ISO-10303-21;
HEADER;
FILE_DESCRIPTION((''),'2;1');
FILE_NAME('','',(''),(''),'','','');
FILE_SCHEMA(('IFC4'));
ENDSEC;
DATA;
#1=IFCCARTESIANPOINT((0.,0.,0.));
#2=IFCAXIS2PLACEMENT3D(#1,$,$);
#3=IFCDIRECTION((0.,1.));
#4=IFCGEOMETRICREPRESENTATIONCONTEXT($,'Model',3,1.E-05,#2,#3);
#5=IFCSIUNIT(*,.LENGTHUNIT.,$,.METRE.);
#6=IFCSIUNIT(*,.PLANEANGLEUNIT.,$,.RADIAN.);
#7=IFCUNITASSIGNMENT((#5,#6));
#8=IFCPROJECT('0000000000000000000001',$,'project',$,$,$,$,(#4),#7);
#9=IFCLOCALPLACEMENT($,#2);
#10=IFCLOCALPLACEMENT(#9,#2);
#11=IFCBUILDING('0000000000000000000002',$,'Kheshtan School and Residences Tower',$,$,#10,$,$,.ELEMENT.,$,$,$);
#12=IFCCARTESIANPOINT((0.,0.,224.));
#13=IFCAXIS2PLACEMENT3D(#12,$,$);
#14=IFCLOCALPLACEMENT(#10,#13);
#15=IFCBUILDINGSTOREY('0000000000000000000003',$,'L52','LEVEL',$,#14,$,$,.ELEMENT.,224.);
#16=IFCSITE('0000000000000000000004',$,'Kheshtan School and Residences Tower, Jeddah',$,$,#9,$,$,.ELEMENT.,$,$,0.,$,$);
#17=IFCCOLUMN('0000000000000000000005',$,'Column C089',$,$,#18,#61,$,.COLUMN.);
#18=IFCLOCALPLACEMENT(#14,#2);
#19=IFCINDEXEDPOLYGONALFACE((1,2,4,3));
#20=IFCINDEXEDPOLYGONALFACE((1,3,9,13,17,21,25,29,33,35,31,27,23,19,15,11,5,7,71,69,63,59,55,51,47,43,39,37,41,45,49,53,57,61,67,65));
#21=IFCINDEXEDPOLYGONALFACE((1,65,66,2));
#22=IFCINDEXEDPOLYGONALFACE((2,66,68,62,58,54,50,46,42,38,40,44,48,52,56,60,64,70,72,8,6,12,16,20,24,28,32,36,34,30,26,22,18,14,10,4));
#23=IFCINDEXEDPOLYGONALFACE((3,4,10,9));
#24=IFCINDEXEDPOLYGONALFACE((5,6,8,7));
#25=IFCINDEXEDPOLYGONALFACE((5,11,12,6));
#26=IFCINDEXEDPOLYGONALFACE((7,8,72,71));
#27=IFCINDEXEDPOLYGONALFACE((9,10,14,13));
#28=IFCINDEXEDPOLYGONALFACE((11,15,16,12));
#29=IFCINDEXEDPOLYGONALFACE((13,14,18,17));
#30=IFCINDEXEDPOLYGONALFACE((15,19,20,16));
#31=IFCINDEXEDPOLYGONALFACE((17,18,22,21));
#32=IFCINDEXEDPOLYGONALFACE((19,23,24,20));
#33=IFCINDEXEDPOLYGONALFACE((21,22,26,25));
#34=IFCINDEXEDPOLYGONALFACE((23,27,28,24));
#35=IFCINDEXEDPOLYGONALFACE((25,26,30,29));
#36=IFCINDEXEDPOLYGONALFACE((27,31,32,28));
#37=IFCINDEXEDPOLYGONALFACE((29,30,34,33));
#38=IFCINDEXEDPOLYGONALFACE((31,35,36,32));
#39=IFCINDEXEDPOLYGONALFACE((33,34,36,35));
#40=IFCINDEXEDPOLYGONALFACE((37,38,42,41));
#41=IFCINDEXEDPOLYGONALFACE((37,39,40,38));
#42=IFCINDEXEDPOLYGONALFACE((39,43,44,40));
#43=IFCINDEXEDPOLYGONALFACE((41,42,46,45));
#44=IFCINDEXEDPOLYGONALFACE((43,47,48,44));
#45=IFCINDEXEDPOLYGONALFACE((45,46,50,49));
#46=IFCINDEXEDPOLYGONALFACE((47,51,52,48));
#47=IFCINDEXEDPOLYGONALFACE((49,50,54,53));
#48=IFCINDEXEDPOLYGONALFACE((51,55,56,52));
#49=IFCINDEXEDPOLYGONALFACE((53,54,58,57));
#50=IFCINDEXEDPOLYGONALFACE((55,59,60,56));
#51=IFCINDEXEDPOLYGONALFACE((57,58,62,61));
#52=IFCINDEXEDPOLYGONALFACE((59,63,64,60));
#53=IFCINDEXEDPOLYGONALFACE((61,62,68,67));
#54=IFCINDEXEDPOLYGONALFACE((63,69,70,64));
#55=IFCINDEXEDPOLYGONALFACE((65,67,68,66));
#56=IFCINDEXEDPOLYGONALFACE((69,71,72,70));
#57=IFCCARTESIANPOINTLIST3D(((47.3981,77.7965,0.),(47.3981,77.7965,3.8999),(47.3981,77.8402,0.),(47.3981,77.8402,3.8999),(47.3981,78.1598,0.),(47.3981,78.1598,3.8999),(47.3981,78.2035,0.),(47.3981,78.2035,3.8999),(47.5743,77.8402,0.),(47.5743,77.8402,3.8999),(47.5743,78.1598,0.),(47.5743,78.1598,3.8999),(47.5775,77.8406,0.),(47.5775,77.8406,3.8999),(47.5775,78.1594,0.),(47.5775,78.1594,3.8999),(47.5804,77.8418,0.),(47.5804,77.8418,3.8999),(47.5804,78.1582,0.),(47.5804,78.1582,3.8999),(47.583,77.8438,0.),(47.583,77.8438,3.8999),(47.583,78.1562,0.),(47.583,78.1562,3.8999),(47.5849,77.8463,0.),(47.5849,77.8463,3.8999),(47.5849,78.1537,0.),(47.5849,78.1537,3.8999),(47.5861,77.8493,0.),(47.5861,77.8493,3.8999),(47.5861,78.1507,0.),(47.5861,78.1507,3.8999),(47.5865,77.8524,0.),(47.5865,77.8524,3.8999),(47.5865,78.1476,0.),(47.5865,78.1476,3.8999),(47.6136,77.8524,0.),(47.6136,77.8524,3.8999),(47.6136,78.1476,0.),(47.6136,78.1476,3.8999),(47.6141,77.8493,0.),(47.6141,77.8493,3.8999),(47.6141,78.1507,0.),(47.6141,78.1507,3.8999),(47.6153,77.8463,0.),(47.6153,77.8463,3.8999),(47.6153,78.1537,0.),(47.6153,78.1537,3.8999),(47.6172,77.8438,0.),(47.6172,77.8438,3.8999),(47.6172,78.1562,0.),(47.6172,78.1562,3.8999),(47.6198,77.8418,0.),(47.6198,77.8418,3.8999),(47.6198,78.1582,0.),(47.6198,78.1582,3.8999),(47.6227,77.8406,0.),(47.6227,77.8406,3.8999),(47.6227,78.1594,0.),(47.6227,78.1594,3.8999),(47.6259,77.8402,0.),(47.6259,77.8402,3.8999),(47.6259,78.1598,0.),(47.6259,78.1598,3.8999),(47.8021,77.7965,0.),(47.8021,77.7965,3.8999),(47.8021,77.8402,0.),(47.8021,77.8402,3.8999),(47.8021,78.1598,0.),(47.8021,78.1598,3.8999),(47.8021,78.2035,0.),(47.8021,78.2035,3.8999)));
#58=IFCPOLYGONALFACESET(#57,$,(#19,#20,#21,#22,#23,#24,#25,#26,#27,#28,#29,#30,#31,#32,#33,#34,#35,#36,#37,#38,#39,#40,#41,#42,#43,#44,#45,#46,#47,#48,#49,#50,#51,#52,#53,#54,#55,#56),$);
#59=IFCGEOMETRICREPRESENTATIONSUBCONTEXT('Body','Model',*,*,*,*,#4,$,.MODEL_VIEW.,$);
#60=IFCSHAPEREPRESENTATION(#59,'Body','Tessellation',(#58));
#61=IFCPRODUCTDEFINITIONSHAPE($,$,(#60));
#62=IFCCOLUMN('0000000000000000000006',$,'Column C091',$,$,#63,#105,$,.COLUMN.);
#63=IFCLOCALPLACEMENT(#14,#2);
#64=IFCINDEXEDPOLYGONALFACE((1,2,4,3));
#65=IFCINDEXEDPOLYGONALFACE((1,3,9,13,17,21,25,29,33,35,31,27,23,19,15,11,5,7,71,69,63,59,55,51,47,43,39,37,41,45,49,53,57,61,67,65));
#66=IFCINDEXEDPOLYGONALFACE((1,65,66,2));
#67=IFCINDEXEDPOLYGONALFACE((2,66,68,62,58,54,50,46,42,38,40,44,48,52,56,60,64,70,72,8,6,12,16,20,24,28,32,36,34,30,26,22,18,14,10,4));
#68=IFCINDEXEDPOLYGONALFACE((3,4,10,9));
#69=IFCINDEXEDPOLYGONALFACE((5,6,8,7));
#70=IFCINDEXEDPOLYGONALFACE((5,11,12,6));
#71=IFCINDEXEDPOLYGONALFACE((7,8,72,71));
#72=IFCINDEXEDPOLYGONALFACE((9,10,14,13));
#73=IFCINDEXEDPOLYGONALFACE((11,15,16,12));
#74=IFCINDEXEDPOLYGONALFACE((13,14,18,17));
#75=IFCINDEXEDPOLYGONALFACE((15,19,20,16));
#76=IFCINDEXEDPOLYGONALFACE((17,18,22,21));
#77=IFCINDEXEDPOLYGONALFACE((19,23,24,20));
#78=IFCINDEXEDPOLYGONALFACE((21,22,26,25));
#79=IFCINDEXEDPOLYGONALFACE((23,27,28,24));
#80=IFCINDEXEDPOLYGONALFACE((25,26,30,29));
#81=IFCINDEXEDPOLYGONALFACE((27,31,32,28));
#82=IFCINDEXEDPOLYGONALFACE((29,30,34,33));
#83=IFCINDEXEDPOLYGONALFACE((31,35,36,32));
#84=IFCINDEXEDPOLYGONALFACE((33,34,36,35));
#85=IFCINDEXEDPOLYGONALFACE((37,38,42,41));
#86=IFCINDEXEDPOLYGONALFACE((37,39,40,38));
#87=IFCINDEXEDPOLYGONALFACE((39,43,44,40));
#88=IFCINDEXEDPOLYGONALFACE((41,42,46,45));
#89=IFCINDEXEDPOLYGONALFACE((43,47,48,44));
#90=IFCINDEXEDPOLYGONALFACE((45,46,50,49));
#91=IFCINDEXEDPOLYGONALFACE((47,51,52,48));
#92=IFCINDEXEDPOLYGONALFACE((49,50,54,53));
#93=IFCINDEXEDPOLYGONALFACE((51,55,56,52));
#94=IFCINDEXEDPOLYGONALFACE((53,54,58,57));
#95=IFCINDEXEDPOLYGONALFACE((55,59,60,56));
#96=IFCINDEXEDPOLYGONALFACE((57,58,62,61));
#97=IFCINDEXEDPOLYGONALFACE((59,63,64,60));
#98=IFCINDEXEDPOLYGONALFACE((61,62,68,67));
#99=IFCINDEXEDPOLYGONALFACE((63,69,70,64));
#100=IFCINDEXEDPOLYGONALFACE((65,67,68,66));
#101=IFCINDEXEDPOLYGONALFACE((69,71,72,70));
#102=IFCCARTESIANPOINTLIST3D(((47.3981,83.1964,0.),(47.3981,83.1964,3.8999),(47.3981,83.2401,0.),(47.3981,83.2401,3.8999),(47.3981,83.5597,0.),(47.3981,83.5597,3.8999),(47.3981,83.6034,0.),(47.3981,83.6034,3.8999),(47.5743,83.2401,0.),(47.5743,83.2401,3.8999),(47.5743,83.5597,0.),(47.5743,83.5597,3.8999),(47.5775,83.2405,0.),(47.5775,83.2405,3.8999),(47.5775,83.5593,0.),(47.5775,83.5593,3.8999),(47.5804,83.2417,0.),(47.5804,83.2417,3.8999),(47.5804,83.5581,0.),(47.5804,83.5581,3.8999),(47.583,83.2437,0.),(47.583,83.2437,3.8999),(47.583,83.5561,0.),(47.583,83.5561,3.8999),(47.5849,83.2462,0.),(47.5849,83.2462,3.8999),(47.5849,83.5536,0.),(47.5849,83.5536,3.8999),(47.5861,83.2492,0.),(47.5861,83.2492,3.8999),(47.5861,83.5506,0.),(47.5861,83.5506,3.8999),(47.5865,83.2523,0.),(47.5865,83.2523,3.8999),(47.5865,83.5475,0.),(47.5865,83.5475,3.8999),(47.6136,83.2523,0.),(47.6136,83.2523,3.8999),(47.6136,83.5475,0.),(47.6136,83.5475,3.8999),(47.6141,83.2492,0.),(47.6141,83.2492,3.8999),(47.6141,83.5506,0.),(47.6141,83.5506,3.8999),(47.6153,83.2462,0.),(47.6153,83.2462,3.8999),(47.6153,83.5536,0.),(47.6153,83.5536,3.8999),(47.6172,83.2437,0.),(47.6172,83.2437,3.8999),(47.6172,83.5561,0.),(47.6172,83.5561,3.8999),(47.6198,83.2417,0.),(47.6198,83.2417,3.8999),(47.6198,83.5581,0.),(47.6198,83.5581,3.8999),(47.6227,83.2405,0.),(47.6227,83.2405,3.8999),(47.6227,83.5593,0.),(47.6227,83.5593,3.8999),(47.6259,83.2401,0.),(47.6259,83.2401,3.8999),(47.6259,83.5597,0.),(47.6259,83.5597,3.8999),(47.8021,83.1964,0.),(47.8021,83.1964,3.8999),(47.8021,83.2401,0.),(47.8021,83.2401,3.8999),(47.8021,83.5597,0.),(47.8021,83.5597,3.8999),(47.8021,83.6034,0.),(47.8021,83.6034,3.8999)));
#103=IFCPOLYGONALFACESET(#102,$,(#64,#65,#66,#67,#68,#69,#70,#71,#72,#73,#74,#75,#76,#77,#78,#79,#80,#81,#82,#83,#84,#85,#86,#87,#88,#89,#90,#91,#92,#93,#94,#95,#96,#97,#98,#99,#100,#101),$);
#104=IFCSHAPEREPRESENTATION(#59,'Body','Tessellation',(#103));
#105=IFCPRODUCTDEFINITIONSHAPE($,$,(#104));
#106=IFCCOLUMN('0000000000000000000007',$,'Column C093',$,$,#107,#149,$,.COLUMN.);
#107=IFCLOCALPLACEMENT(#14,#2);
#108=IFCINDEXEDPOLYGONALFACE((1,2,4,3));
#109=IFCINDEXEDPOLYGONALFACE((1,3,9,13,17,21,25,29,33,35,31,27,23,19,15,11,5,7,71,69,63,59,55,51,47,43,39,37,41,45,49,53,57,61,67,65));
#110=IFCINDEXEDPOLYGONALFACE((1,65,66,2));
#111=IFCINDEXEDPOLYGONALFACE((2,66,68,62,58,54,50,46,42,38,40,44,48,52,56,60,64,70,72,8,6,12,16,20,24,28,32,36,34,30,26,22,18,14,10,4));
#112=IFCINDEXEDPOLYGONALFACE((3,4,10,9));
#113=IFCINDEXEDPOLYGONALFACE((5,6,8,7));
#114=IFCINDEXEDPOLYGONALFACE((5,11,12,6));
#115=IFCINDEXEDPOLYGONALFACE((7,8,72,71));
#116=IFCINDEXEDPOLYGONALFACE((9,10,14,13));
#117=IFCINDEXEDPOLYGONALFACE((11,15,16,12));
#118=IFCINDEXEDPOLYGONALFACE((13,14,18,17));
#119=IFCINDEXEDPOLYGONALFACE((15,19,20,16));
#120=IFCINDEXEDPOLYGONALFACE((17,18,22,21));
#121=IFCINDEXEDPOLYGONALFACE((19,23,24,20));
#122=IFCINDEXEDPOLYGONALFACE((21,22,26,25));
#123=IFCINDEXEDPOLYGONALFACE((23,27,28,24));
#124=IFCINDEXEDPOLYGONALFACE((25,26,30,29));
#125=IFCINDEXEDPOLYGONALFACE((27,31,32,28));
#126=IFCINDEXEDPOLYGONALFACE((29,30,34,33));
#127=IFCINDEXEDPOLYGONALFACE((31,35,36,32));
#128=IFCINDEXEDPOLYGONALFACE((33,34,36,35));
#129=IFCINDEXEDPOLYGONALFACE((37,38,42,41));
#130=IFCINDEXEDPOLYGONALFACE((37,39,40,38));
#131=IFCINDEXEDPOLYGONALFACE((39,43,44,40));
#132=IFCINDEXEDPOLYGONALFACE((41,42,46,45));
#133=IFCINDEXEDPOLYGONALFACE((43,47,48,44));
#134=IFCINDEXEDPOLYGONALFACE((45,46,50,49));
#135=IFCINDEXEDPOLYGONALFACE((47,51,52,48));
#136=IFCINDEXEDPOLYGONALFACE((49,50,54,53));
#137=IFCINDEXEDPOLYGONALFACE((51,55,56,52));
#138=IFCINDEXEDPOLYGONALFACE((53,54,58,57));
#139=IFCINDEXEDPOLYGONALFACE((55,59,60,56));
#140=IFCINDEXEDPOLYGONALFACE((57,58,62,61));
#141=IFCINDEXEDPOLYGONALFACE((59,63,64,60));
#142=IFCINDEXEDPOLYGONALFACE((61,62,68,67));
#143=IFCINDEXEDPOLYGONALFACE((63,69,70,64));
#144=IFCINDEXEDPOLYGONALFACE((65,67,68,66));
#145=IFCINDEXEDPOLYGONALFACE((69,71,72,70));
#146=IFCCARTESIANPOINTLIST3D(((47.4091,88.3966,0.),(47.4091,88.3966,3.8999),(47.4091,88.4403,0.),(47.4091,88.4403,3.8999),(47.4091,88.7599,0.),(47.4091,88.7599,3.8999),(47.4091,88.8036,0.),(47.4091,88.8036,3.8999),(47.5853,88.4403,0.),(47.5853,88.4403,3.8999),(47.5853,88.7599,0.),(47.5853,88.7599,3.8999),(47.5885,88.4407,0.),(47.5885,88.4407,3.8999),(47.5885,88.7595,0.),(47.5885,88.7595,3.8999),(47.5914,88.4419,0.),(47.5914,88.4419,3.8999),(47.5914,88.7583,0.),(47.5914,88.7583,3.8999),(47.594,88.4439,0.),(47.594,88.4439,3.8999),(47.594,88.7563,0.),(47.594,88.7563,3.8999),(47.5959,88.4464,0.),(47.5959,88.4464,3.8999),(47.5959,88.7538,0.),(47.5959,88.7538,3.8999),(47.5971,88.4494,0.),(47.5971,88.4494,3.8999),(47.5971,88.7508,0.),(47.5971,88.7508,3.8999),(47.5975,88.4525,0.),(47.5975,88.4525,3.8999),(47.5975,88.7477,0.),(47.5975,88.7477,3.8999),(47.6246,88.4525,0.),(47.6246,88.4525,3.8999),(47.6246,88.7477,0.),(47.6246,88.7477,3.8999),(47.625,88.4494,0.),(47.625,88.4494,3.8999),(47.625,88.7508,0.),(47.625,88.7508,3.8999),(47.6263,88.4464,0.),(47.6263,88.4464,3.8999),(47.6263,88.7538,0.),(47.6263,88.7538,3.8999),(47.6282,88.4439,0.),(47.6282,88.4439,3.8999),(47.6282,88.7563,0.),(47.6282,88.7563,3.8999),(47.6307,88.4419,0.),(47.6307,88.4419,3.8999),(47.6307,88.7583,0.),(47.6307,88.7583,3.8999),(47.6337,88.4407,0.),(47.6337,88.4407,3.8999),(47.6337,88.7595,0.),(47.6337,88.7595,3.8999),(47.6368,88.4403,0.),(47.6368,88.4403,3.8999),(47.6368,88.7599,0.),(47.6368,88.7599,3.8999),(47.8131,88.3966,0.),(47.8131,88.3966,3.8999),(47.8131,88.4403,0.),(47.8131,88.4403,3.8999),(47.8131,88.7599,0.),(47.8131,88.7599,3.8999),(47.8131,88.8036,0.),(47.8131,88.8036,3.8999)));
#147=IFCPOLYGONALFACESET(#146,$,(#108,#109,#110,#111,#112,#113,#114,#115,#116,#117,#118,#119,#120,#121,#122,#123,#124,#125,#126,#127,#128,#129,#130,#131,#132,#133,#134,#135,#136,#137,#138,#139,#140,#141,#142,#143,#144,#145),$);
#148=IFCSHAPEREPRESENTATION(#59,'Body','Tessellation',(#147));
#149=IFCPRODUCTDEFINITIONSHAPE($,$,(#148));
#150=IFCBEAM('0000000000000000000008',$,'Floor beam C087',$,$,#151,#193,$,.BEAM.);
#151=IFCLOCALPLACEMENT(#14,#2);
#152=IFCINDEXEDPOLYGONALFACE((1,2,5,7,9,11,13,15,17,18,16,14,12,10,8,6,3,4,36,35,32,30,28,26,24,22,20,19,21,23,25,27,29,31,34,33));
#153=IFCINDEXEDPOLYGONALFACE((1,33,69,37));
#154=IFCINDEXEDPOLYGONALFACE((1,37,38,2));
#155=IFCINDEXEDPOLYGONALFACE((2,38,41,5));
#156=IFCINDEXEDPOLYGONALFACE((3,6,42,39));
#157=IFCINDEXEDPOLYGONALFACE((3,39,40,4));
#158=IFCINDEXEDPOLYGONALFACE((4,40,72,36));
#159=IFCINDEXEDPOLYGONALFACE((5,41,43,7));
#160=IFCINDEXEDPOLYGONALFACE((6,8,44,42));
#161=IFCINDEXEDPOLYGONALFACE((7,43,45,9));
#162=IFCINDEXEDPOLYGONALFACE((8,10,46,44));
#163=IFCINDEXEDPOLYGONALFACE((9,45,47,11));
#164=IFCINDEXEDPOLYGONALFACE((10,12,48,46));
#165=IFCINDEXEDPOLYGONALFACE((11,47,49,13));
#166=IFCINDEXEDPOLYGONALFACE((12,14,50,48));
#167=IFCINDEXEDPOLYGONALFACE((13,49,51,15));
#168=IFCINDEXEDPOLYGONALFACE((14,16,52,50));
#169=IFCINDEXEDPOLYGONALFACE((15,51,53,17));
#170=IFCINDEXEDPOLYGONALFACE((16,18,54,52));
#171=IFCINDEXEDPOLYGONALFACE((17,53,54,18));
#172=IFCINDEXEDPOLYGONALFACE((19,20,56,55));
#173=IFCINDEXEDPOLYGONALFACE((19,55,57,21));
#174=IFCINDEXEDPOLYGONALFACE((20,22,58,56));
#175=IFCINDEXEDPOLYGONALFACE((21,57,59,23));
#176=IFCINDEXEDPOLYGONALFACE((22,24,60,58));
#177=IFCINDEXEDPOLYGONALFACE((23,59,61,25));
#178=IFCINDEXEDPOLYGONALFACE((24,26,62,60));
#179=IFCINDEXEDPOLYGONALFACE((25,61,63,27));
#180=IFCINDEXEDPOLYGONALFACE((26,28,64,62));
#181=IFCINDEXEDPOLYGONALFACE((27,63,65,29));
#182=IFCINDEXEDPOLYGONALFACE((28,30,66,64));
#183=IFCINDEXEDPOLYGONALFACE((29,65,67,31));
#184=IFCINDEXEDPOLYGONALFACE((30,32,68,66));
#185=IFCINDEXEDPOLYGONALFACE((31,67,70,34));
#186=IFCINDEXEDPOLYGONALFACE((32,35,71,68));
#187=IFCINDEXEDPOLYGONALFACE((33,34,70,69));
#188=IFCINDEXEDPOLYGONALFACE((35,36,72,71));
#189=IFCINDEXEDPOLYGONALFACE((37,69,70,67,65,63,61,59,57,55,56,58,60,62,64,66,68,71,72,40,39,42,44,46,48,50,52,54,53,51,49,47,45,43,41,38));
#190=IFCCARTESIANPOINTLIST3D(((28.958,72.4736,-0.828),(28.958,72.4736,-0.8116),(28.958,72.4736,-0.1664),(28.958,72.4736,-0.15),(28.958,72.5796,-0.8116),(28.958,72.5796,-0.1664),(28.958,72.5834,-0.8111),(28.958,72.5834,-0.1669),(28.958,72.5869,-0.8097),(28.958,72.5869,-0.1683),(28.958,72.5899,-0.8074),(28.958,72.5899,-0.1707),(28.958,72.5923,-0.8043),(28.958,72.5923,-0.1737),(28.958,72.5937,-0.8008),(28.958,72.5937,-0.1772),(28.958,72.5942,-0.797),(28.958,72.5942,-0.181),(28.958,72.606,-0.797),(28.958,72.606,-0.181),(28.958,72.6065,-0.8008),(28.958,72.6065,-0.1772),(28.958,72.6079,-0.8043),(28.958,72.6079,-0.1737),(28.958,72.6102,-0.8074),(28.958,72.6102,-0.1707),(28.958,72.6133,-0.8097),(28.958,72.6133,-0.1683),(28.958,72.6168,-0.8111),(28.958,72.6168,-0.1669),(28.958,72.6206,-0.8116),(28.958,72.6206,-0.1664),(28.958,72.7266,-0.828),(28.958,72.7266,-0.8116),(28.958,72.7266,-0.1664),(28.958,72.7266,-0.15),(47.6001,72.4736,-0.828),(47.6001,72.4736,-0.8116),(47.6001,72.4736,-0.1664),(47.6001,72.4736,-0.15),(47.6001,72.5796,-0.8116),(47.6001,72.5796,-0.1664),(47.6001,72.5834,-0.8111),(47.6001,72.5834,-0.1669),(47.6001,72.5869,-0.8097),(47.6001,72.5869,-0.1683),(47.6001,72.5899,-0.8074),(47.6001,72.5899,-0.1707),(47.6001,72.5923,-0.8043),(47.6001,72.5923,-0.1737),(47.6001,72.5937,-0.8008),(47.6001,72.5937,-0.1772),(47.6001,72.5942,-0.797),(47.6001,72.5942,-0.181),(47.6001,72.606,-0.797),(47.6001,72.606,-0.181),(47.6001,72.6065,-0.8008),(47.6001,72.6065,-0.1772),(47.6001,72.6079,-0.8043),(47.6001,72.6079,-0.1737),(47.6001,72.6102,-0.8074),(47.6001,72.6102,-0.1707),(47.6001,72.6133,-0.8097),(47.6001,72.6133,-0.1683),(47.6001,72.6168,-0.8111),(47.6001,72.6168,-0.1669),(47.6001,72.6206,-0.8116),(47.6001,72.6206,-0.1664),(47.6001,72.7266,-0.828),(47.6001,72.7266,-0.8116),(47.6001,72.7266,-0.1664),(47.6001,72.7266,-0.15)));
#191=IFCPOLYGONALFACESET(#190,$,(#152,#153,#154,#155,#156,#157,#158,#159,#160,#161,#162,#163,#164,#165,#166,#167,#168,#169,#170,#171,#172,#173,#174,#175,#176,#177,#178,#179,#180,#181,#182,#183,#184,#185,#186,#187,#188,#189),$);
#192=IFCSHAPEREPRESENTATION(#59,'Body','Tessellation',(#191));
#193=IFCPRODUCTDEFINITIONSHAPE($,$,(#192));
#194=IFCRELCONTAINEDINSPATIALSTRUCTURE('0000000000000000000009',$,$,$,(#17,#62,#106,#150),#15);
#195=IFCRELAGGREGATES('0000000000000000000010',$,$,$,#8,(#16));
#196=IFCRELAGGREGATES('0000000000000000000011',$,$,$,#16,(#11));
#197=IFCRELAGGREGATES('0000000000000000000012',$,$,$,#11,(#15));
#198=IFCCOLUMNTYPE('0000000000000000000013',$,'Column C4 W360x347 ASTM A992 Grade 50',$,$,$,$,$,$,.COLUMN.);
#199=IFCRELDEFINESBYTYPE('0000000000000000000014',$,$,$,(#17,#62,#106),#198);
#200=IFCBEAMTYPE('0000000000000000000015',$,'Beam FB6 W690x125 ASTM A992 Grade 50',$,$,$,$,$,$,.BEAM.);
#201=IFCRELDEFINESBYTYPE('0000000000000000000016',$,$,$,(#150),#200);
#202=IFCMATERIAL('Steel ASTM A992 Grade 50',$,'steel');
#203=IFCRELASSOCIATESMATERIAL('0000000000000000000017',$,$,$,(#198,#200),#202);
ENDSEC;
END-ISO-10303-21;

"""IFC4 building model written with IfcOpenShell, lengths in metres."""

from ifc_helpers import new_model, si_unit, direction, frame, origin, origin_2d, place, context, subcontext, project, spatial, i_section, extrude, material, material_profile, profile_set, type_object, element, save


model = new_model("IFC4")

# Units and contexts
model_context = context("Model", 3, precision=1e-05, world=origin(), true_north=direction((0.0, 1.0)))
body_context = subcontext(model_context, "Body", "Model", "MODEL_VIEW")
ifc_project = project(units=[si_unit("LENGTHUNIT", "METRE"), si_unit("PLANEANGLEUNIT", "RADIAN")], contexts=[model_context])

# Site, building, storey
site_placement = place(None, origin())
site = spatial("IfcSite", under=ifc_project, at=site_placement, Name="Kheshtan School and Residences Tower, Jeddah", CompositionType="ELEMENT", RefElevation=0.0)
building_placement = place(site_placement, origin())
building = spatial("IfcBuilding", under=site, at=building_placement, Name="Kheshtan School and Residences Tower", CompositionType="ELEMENT")
storey_placement = place(building_placement, frame((0.0, 0.0, 224.0)))
storey = spatial("IfcBuildingStorey", under=building, at=storey_placement, Name="L52", Description="LEVEL", CompositionType="ELEMENT", Elevation=224.0)

# Columns
ifc_material_1 = material(Name="Steel ASTM A992 Grade 50", Category="steel")
ifc_material_profile_1 = material_profile(ifc_material_1, i_section(OverallWidth=0.4041, OverallDepth=0.407, WebThickness=0.0271, FlangeThickness=0.0437, FilletRadius=0.0122, at=origin_2d()), Name="W360x347")
ifc_profile_set_1 = profile_set([ifc_material_profile_1], Name="Steel ASTM A992 Grade 50")
column_type = type_object("IfcColumnType", Name="Column C4 W360x347 ASTM A992 Grade 50", PredefinedType="COLUMN", material=ifc_profile_set_1)
for number, where, z_axis, x_axis, name in (
    (1, (47.6001, 78.0, 0.0), (0.0, 0.0, 1.0), (1.0, 0.0, 0.0), "Column C089"),
    (2, (47.6001, 83.3999, 0.0), (0.0, 0.0, 1.0), (1.0, 0.0, 0.0), "Column C091"),
    (3, (47.6111, 88.6001, 0.0), (0.0, 0.0, 1.0), (1.0, 0.0, 0.0), "Column C093"),
):
    element("IfcColumn", number, at=place(storey_placement, frame(where, z_axis=z_axis, x_axis=x_axis)), inside=storey, type_object=column_type, Name=name, PredefinedType="COLUMN", context=body_context, shape_type="SweptSolid", body=[
        extrude(i_section(OverallWidth=0.4041, OverallDepth=0.407, WebThickness=0.0271, FlangeThickness=0.0437, FilletRadius=0.0122, at=origin_2d()), origin(), (0.0, 0.0, 1.0), 3.8999),
    ])

# Beam
ifc_material_profile_2 = material_profile(ifc_material_1, i_section(OverallWidth=0.2529, OverallDepth=0.678, WebThickness=0.0117, FlangeThickness=0.0164, FilletRadius=0.0146, at=origin_2d()), Name="W690x125")
ifc_profile_set_2 = profile_set([ifc_material_profile_2], Name="Steel ASTM A992 Grade 50")
beam_type_1 = type_object("IfcBeamType", Name="Beam FB6 W690x125 ASTM A992 Grade 50", PredefinedType="BEAM", material=ifc_profile_set_2)
beam_1_placement = place(storey_placement, frame((47.6001, 72.6001, -0.489), z_axis=(-1.0, 0.0, 0.0), x_axis=(0.0, -1.0, 0.0)))
element("IfcBeam", 4, at=beam_1_placement, inside=storey, type_object=beam_type_1, Name="Floor beam C087", PredefinedType="BEAM", context=body_context, shape_type="SweptSolid", body=[
    extrude(i_section(OverallWidth=0.2529, OverallDepth=0.678, WebThickness=0.0117, FlangeThickness=0.0164, FilletRadius=0.0146, at=origin_2d()), origin(), (0.0, 0.0, 1.0), 18.6421),
])

save(model, "model.ifc")
